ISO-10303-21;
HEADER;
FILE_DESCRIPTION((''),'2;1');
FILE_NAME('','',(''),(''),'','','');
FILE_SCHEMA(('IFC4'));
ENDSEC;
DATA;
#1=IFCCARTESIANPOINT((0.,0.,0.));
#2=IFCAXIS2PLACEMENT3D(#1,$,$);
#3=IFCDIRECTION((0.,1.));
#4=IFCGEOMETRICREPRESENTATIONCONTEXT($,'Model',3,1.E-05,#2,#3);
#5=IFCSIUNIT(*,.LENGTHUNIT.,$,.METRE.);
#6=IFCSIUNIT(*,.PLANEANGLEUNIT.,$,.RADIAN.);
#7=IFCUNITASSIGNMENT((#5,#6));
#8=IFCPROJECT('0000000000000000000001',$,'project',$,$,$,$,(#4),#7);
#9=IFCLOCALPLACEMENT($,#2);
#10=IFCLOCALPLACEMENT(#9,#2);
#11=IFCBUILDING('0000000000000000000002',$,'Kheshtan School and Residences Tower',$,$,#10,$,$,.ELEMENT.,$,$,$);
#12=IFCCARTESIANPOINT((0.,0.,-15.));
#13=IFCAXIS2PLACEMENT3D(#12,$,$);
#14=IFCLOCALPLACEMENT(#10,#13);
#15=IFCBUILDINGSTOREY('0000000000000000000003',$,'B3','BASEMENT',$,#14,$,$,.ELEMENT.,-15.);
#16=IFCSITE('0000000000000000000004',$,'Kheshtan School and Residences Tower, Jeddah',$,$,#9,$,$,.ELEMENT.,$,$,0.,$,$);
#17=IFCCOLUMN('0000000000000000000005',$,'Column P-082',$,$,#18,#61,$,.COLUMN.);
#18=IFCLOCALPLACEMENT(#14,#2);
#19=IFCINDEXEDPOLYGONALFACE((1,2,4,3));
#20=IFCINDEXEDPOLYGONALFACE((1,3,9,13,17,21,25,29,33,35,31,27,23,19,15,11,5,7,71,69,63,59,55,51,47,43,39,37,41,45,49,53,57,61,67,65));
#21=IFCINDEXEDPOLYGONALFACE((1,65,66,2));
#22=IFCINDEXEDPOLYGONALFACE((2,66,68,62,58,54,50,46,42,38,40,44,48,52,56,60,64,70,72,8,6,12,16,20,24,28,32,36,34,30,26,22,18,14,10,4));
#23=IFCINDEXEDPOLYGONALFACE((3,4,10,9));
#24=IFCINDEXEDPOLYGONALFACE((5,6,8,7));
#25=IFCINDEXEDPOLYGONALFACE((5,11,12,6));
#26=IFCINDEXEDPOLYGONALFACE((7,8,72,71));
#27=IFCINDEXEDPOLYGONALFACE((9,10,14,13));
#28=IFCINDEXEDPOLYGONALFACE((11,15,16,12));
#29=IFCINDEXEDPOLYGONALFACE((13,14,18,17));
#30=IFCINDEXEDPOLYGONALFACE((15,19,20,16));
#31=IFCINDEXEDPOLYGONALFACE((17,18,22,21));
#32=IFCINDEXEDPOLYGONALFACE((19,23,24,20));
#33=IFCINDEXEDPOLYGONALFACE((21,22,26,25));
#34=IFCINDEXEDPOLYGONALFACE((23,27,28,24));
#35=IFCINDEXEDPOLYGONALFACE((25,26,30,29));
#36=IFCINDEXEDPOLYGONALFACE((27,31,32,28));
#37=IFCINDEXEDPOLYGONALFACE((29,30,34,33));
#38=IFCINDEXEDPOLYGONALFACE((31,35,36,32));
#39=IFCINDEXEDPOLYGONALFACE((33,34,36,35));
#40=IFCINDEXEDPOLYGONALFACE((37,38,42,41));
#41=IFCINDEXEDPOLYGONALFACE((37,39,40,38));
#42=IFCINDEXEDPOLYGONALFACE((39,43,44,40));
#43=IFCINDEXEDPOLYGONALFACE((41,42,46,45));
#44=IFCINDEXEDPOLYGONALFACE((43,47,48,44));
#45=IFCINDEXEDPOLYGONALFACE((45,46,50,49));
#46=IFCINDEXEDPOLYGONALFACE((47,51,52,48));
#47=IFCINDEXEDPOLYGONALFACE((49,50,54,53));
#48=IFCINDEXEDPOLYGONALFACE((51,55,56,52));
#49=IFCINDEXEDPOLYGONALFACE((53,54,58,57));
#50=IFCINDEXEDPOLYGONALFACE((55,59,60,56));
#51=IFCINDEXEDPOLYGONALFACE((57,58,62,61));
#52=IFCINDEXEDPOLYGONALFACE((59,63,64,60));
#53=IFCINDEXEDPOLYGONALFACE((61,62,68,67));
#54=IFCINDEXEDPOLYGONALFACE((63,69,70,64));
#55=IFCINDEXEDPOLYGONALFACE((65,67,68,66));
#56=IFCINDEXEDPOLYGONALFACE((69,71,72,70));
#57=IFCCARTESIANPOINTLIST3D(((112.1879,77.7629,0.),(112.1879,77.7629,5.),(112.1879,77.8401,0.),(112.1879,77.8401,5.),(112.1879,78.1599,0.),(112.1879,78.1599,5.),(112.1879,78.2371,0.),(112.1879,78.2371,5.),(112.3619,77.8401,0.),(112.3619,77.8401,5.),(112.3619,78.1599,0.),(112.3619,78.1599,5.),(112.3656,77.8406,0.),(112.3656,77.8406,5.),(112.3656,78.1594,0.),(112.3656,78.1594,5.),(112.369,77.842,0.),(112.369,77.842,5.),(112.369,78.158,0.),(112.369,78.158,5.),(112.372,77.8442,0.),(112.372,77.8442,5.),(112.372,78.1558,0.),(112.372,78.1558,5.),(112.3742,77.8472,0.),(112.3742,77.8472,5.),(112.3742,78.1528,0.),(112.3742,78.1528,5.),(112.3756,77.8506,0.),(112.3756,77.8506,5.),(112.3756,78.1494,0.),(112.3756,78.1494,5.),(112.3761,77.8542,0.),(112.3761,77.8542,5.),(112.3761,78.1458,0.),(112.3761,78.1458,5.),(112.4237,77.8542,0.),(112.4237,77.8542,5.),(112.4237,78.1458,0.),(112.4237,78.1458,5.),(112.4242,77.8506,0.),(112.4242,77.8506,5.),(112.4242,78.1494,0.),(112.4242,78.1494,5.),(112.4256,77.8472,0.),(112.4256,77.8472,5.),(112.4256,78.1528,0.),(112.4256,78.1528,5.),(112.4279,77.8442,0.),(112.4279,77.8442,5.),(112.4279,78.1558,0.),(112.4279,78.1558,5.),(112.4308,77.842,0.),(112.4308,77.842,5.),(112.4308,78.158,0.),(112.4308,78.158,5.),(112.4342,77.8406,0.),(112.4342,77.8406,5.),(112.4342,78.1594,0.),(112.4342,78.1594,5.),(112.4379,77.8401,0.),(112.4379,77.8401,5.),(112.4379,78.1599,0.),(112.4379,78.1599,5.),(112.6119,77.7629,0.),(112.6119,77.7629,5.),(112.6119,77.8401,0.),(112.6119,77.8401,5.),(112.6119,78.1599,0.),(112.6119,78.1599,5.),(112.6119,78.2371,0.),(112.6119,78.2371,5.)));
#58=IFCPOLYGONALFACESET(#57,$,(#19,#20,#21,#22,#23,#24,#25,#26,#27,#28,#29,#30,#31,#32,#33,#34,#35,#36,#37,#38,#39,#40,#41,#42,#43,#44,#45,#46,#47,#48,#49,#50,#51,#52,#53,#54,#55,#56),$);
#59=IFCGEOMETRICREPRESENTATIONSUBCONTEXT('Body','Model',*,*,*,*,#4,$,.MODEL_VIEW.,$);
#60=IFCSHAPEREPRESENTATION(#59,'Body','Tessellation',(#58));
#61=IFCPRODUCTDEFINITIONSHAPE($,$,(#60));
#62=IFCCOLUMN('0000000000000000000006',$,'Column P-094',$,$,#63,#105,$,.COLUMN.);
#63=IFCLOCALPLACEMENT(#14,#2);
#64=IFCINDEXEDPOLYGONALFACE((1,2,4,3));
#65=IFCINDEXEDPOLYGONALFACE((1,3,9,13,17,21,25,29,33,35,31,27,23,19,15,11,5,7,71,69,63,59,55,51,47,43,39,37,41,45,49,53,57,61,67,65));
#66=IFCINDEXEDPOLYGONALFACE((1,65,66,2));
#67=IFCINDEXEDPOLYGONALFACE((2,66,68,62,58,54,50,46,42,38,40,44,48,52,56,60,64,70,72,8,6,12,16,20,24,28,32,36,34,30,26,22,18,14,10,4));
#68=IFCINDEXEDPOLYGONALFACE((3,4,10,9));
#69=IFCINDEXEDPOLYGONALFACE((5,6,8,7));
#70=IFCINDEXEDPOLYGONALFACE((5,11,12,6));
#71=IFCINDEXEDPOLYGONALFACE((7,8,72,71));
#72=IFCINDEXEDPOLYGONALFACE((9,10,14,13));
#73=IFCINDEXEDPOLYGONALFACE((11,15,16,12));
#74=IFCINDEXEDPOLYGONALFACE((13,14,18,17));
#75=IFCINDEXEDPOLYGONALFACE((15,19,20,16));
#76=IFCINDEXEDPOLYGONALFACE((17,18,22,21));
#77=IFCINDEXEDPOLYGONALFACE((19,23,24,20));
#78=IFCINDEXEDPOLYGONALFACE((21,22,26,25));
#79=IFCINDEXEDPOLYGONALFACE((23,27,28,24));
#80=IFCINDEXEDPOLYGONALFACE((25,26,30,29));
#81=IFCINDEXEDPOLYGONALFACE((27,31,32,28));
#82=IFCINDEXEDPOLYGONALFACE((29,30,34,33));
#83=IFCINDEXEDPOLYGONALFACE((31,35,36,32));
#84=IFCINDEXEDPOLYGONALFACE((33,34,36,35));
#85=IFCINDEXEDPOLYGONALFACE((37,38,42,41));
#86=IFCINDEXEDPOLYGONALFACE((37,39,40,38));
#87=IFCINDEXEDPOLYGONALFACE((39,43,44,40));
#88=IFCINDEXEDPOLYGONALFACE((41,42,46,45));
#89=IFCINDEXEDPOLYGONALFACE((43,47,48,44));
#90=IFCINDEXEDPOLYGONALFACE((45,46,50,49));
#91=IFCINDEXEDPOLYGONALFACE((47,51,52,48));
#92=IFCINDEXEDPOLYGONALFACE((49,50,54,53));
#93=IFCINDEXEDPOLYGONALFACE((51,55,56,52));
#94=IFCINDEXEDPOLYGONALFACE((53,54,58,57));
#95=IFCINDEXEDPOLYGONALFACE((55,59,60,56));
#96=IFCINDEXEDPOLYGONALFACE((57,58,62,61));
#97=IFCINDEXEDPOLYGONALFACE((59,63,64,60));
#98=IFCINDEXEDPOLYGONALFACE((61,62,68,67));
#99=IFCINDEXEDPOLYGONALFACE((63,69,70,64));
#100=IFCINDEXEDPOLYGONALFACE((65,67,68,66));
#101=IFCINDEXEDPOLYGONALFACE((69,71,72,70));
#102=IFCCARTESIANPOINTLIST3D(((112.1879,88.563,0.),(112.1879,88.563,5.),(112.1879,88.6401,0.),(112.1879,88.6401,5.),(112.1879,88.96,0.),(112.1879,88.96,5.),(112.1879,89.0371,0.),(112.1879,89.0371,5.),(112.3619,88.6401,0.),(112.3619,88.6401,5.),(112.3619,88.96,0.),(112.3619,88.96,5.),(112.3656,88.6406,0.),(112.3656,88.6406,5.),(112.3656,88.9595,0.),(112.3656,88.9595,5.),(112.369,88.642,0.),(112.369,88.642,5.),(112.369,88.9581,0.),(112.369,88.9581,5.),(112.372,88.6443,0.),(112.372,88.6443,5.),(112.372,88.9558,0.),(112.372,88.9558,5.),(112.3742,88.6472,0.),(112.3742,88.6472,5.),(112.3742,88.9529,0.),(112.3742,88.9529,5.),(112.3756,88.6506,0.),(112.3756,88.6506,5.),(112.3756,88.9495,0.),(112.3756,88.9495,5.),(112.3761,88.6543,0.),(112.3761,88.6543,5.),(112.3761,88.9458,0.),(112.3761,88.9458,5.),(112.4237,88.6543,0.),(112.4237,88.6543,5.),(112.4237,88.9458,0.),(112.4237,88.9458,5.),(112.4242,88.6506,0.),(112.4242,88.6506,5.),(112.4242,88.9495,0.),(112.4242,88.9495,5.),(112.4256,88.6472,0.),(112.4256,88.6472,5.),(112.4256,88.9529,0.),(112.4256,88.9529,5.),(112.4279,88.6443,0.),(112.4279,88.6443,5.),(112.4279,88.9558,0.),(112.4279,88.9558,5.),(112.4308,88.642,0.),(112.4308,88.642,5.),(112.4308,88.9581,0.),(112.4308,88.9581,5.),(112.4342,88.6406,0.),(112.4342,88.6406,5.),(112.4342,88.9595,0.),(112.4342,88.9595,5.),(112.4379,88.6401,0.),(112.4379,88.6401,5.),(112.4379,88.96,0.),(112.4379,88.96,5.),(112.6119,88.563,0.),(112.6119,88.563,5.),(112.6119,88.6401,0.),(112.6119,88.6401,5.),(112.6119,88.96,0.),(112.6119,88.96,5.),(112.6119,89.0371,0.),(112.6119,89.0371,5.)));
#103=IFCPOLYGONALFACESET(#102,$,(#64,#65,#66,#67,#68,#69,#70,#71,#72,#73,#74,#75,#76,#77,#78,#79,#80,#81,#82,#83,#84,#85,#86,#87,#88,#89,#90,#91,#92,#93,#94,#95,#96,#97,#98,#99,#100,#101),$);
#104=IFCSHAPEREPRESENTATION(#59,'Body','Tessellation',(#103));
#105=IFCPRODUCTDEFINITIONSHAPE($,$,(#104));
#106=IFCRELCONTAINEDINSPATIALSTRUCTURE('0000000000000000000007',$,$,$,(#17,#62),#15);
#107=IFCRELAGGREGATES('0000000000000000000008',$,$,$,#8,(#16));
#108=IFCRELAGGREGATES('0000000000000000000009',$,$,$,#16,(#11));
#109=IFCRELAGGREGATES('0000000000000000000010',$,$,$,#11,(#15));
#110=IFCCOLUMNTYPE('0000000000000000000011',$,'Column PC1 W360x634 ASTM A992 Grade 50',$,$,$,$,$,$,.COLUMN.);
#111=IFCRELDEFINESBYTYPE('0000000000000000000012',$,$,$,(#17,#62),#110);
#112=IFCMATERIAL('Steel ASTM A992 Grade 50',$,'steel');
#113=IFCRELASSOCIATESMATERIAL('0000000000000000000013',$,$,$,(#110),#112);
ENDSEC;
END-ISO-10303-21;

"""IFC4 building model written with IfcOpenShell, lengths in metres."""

from ifc_helpers import new_model, si_unit, direction, frame, origin, origin_2d, place, context, subcontext, project, spatial, i_section, extrude, material, material_profile, profile_set, type_object, element, save


model = new_model("IFC4")

# Units and contexts
model_context = context("Model", 3, precision=1e-05, world=origin(), true_north=direction((0.0, 1.0)))
body_context = subcontext(model_context, "Body", "Model", "MODEL_VIEW")
ifc_project = project(units=[si_unit("LENGTHUNIT", "METRE"), si_unit("PLANEANGLEUNIT", "RADIAN")], contexts=[model_context])

# Site, building, storey
site_placement = place(None, origin())
site = spatial("IfcSite", under=ifc_project, at=site_placement, Name="Kheshtan School and Residences Tower, Jeddah", CompositionType="ELEMENT", RefElevation=0.0)
building_placement = place(site_placement, origin())
building = spatial("IfcBuilding", under=site, at=building_placement, Name="Kheshtan School and Residences Tower", CompositionType="ELEMENT")
storey_placement = place(building_placement, frame((0.0, 0.0, -15.0)))
storey = spatial("IfcBuildingStorey", under=building, at=storey_placement, Name="B3", Description="BASEMENT", CompositionType="ELEMENT", Elevation=-15.0)

# Columns
ifc_material_1 = material(Name="Steel ASTM A992 Grade 50", Category="steel")
ifc_material_profile_1 = material_profile(ifc_material_1, i_section(OverallWidth=0.4241, OverallDepth=0.4741, WebThickness=0.0476, FlangeThickness=0.0771, FilletRadius=0.0142, at=origin_2d()), Name="W360x634")
ifc_profile_set_1 = profile_set([ifc_material_profile_1], Name="Steel ASTM A992 Grade 50")
column_type = type_object("IfcColumnType", Name="Column PC1 W360x634 ASTM A992 Grade 50", PredefinedType="COLUMN", material=ifc_profile_set_1)
for number, where, z_axis, x_axis, name in (
    (1, (112.3999, 78.0, 0.0), (0.0, 0.0, 1.0), (1.0, 0.0, 0.0), "Column P-082"),
    (2, (112.3999, 88.8, 0.0), (0.0, 0.0, 1.0), (1.0, 0.0, 0.0), "Column P-094"),
):
    element("IfcColumn", number, at=place(storey_placement, frame(where, z_axis=z_axis, x_axis=x_axis)), inside=storey, type_object=column_type, Name=name, PredefinedType="COLUMN", context=body_context, shape_type="SweptSolid", body=[
        extrude(i_section(OverallWidth=0.4241, OverallDepth=0.4741, WebThickness=0.0476, FlangeThickness=0.0771, FilletRadius=0.0142, at=origin_2d()), origin(), (0.0, 0.0, 1.0), 5.0),
    ])

save(model, "model.ifc")
